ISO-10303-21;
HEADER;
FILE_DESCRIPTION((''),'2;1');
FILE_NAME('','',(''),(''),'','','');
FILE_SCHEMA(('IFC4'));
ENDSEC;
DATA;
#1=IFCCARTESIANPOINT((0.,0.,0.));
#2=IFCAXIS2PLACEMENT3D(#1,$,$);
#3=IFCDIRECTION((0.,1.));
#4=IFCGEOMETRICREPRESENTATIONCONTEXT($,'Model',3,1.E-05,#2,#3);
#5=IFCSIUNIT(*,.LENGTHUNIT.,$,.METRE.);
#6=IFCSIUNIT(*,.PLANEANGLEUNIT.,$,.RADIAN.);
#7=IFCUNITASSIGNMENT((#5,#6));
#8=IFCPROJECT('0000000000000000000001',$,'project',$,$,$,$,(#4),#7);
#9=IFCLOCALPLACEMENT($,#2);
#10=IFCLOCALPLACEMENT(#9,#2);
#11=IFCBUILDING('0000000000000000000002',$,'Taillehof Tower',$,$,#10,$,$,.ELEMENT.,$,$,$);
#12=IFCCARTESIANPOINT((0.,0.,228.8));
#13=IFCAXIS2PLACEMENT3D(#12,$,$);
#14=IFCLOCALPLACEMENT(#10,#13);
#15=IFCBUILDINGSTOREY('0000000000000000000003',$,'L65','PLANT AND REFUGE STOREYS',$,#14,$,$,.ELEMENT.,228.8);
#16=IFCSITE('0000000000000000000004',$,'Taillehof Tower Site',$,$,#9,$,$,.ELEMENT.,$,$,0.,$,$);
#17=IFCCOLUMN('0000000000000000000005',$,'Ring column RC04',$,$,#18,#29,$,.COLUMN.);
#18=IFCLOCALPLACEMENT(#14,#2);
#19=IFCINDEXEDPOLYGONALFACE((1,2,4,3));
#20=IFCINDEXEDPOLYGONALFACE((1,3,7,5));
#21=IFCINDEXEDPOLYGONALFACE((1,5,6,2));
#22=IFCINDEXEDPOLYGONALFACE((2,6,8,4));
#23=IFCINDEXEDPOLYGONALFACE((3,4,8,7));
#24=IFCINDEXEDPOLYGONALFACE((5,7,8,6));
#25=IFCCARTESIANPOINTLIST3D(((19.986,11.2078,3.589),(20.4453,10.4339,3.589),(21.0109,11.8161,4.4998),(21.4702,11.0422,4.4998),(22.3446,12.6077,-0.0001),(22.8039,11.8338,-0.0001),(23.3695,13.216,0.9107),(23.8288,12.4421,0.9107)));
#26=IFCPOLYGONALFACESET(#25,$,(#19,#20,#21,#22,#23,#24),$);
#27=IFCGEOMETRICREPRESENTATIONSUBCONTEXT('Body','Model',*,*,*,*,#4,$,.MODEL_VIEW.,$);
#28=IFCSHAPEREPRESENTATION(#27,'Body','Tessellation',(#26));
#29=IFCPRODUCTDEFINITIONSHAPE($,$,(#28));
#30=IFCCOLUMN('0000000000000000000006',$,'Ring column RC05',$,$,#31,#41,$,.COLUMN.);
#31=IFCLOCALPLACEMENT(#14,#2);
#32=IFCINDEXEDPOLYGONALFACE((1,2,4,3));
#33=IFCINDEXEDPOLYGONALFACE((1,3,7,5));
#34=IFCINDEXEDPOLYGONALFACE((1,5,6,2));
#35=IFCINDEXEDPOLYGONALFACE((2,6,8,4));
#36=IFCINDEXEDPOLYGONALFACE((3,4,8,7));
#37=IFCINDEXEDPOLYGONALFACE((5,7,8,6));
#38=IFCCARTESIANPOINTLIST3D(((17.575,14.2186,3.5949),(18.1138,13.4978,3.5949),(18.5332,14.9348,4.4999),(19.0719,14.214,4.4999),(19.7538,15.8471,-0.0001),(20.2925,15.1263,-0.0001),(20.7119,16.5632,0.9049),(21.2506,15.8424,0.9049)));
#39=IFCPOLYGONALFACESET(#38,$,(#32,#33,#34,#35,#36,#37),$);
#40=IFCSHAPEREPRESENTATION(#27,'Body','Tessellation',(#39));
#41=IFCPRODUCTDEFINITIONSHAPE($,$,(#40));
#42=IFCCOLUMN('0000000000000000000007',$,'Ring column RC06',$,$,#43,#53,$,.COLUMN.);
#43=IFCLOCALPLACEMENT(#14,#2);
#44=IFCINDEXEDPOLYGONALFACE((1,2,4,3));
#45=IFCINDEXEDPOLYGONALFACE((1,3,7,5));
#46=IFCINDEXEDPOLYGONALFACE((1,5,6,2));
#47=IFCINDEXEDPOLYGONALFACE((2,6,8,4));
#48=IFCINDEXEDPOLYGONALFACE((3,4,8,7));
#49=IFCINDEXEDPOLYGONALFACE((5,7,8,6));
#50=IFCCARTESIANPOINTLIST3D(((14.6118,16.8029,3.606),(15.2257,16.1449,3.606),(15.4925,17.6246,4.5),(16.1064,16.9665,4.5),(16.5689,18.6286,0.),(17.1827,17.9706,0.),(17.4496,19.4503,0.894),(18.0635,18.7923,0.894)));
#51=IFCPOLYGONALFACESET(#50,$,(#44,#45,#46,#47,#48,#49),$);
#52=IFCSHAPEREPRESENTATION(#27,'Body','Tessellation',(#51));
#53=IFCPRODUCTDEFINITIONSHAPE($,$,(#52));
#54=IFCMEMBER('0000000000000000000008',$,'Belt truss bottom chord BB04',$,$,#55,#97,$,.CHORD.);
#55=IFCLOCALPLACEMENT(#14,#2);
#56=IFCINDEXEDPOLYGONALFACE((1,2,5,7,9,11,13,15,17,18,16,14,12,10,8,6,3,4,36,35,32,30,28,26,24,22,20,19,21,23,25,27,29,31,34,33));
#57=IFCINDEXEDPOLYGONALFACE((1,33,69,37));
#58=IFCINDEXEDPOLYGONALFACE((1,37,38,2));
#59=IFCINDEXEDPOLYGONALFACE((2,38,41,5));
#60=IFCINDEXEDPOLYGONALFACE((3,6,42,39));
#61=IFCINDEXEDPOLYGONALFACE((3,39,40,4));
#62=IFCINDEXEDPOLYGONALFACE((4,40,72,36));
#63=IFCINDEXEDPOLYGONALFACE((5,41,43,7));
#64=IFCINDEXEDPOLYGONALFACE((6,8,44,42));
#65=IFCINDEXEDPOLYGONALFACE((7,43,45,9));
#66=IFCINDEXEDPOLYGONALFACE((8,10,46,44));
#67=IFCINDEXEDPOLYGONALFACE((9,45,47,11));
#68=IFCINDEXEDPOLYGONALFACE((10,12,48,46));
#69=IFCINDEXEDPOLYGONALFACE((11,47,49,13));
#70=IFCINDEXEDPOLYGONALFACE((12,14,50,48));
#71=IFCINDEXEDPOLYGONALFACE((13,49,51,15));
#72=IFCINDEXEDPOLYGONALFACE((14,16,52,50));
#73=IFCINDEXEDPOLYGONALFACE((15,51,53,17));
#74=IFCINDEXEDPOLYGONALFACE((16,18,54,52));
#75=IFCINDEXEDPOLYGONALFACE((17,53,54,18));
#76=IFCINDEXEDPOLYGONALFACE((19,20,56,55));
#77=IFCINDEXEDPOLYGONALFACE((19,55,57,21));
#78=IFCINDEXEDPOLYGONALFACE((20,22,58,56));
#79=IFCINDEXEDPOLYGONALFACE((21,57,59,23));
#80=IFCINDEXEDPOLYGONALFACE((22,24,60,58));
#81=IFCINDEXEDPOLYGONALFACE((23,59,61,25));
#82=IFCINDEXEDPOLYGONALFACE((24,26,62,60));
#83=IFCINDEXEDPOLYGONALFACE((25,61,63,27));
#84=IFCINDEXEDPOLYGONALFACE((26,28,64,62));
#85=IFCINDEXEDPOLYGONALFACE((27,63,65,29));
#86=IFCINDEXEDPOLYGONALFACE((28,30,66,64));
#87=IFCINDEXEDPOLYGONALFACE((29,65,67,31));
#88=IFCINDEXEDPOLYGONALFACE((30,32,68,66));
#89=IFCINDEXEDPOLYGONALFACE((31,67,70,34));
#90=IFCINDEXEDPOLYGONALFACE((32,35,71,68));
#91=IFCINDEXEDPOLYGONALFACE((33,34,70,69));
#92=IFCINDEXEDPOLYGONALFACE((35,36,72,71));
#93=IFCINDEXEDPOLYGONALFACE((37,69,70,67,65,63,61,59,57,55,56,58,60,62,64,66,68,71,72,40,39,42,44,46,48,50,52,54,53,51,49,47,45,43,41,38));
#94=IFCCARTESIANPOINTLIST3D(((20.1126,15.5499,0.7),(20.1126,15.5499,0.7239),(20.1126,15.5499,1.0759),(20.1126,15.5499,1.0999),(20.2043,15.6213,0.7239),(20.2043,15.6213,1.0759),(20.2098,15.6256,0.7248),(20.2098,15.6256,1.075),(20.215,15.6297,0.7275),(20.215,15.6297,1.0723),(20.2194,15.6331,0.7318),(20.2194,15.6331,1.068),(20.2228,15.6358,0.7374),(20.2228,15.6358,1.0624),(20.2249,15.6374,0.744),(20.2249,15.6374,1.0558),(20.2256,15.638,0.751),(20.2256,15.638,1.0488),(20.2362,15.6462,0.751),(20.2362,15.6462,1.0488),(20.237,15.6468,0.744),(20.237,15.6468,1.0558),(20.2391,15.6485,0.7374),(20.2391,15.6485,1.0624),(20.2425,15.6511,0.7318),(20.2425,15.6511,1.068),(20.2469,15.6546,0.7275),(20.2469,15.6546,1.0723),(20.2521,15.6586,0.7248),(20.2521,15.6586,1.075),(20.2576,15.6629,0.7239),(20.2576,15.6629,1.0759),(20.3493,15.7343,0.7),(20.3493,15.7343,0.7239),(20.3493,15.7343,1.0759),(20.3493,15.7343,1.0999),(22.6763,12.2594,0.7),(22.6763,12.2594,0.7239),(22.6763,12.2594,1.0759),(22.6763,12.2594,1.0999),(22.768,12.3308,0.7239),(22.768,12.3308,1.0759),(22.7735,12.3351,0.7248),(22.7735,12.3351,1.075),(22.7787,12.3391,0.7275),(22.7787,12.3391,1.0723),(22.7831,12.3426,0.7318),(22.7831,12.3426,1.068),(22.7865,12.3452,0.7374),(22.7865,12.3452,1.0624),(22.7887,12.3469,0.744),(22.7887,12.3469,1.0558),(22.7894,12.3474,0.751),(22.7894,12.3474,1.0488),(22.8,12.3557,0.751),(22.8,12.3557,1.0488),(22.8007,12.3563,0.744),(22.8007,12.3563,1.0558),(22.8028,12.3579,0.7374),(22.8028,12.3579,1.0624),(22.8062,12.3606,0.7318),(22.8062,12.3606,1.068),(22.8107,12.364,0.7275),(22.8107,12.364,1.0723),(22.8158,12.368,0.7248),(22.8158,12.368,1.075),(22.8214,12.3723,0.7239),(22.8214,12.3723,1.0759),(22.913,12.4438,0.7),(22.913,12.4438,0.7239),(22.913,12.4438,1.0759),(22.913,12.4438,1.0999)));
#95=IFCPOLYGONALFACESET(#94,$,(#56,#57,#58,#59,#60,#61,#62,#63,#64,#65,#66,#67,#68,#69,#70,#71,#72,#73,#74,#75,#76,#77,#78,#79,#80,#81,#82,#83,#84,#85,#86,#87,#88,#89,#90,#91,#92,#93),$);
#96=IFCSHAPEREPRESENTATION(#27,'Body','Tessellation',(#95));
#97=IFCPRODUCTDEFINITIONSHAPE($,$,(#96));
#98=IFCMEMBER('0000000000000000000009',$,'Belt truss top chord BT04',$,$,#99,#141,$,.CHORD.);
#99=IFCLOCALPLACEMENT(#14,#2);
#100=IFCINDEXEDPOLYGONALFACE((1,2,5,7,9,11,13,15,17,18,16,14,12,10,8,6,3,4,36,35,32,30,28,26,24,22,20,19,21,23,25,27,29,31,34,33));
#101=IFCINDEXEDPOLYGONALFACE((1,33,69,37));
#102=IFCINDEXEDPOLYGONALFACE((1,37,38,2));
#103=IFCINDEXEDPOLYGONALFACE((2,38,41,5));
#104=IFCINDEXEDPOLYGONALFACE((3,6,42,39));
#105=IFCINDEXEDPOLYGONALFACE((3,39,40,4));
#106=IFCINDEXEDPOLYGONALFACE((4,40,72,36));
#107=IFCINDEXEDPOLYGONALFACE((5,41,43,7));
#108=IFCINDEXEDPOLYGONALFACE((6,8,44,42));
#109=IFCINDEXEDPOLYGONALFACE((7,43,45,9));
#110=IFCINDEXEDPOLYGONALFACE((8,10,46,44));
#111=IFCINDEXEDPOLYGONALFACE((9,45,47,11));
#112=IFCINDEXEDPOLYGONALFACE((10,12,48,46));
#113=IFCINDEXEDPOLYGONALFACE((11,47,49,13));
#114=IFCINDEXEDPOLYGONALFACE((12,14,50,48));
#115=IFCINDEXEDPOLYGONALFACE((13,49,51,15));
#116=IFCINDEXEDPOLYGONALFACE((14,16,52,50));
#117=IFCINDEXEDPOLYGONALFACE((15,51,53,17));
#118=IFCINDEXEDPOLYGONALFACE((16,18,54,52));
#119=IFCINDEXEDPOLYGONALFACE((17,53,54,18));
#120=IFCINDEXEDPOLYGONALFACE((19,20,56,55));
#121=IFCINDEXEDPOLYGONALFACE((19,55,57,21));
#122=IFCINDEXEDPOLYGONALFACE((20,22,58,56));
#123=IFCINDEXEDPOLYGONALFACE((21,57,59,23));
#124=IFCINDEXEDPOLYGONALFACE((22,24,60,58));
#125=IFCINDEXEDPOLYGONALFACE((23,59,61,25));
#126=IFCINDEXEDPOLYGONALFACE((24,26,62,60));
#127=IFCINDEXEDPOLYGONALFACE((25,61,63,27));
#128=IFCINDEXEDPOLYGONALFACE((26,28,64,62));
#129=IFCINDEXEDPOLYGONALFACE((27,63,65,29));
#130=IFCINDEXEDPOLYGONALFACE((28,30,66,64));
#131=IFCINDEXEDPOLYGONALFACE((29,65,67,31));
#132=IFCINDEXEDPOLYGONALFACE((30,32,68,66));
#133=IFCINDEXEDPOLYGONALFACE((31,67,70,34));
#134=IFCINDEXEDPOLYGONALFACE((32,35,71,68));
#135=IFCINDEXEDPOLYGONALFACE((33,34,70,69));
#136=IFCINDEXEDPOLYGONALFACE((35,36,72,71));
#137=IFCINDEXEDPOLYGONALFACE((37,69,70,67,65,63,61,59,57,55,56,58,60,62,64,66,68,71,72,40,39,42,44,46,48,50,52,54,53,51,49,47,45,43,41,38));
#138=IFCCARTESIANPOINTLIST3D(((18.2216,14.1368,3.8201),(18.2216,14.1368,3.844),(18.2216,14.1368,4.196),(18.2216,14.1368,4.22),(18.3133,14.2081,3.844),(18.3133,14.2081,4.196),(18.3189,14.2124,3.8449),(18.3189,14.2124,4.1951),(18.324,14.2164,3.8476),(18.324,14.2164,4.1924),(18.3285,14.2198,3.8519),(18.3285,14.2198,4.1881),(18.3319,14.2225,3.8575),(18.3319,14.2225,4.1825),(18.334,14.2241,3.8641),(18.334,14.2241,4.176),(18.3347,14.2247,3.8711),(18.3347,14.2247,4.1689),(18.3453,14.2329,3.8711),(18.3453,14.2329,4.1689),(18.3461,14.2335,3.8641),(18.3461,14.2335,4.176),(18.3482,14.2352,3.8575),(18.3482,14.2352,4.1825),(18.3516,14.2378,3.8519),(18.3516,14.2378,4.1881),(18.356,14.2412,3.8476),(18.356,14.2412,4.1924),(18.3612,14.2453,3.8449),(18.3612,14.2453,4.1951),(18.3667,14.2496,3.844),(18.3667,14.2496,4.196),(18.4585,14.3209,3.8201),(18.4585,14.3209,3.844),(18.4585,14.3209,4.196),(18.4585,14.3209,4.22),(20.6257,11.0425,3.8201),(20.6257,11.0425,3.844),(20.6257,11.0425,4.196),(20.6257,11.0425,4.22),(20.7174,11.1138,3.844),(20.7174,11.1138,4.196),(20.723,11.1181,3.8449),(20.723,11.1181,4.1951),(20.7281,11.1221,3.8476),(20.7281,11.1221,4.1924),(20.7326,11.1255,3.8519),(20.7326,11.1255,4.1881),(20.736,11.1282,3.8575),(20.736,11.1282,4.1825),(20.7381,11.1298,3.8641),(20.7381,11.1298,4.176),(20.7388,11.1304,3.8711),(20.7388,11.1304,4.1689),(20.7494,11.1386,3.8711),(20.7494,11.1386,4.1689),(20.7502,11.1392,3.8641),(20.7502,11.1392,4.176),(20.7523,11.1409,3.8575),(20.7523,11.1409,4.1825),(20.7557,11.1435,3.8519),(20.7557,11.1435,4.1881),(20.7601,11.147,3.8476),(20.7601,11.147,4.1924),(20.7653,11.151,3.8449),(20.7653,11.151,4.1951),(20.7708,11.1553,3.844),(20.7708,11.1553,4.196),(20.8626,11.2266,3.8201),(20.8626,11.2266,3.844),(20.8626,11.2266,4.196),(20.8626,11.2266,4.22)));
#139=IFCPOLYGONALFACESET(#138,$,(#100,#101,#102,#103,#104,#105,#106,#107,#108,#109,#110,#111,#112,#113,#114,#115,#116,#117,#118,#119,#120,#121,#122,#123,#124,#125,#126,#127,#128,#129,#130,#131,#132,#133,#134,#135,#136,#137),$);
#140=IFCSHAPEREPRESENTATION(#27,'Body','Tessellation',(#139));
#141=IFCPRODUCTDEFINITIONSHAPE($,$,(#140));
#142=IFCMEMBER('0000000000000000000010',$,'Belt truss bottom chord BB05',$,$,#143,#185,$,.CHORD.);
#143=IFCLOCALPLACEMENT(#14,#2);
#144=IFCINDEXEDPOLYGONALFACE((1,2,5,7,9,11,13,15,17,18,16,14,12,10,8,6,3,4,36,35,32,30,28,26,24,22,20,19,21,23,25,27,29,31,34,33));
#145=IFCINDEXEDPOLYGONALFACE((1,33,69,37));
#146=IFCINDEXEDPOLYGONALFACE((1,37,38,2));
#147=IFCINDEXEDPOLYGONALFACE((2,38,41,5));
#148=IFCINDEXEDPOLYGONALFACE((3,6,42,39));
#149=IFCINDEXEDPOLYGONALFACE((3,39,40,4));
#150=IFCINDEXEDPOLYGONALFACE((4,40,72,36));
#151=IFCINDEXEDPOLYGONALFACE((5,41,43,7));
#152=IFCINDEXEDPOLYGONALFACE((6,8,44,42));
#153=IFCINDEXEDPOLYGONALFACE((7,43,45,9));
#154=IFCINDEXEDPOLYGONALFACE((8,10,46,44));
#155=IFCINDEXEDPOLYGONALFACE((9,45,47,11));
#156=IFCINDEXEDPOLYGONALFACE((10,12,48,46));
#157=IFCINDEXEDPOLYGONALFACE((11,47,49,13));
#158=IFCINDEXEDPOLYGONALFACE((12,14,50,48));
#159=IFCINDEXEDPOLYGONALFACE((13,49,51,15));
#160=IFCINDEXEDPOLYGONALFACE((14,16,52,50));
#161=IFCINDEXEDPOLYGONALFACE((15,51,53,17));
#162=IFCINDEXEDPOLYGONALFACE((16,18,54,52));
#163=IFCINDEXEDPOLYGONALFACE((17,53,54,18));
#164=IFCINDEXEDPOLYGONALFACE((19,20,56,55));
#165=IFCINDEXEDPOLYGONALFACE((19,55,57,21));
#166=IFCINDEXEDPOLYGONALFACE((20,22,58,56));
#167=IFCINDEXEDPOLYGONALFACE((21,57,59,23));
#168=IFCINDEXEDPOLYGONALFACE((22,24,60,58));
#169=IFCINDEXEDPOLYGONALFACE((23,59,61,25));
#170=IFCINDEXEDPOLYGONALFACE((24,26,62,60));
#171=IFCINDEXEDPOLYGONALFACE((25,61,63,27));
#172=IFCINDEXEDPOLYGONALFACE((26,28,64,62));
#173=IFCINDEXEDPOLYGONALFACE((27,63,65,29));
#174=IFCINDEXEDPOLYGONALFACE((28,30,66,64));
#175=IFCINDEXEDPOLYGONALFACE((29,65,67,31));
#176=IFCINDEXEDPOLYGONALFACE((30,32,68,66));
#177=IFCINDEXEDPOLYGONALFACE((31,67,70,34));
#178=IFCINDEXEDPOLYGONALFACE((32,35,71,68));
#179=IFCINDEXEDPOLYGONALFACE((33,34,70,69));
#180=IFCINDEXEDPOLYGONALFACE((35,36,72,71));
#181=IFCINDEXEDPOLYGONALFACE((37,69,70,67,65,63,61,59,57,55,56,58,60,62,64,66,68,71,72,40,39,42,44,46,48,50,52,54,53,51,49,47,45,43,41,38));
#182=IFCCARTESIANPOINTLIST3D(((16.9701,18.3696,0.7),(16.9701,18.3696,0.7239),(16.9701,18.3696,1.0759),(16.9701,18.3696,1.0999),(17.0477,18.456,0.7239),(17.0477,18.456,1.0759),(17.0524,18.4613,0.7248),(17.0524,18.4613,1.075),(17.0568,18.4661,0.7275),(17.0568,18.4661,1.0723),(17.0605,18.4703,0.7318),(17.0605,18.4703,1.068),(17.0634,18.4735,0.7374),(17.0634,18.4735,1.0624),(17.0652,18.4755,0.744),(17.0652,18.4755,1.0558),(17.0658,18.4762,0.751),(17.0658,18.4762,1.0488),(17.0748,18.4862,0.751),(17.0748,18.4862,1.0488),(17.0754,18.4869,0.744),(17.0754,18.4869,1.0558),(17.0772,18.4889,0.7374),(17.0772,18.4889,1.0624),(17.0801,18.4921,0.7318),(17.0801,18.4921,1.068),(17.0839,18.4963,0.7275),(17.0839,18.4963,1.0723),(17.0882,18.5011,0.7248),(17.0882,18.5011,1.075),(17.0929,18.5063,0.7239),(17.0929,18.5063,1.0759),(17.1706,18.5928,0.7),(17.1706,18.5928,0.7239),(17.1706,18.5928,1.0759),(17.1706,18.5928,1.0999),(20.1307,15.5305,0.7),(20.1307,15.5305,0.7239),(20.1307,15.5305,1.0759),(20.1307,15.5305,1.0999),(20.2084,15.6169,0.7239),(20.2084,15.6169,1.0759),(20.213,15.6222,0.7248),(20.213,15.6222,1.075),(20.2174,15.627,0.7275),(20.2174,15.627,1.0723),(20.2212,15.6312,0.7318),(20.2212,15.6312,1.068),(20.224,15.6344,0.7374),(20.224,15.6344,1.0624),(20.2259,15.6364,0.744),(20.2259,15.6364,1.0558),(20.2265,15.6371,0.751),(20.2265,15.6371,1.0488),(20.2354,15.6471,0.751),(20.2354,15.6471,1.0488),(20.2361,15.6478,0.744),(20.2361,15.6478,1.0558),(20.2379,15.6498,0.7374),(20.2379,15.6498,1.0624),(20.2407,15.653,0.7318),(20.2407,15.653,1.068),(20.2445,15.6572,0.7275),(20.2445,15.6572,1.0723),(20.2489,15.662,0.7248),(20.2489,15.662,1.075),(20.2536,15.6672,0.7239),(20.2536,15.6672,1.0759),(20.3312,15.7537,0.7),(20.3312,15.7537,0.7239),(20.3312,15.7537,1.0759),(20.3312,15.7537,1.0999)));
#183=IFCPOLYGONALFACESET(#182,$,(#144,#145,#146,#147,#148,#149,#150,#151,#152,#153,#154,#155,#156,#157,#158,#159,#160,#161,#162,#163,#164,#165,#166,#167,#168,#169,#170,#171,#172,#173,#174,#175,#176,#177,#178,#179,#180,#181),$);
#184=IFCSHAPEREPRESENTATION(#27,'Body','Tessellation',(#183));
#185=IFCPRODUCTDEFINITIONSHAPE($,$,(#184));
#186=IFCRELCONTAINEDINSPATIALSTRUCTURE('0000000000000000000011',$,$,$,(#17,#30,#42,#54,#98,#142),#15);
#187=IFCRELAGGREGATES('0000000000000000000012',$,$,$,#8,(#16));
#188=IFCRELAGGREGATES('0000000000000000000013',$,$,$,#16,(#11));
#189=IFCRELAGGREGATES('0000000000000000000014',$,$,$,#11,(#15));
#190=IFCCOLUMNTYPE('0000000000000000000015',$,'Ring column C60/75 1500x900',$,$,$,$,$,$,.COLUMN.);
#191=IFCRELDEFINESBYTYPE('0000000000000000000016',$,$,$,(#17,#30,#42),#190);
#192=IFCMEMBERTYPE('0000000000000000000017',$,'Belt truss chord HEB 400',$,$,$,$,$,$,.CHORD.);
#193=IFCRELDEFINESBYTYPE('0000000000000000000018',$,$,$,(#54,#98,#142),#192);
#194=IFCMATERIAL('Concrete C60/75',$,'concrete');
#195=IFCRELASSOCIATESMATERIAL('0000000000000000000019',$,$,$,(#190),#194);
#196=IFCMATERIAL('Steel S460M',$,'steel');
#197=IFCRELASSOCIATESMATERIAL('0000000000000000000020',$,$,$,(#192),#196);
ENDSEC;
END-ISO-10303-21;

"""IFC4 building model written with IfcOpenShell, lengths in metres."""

from ifc_helpers import new_model, si_unit, direction, frame, origin, origin_2d, place, context, subcontext, project, spatial, rectangle, i_section, extrude, material, material_profile, profile_set, type_object, element, save


model = new_model("IFC4")

# Units and contexts
model_context = context("Model", 3, precision=1e-05, world=origin(), true_north=direction((0.0, 1.0)))
body_context = subcontext(model_context, "Body", "Model", "MODEL_VIEW")
ifc_project = project(units=[si_unit("LENGTHUNIT", "METRE"), si_unit("PLANEANGLEUNIT", "RADIAN")], contexts=[model_context])

# Site, building, storey
site_placement = place(None, origin())
site = spatial("IfcSite", under=ifc_project, at=site_placement, Name="Taillehof Tower Site", CompositionType="ELEMENT", RefElevation=0.0)
building_placement = place(site_placement, origin())
building = spatial("IfcBuilding", under=site, at=building_placement, Name="Taillehof Tower", CompositionType="ELEMENT")
storey_placement = place(building_placement, frame((0.0, 0.0, 228.8)))
storey = spatial("IfcBuildingStorey", under=building, at=storey_placement, Name="L65", Description="PLANT AND REFUGE STOREYS", CompositionType="ELEMENT", Elevation=228.8)

# Columns
ifc_material_1 = material(Name="Concrete C60/75", Category="concrete")
ifc_material_profile_1 = material_profile(ifc_material_1, rectangle(XDim=1.5, YDim=0.8999, at=origin_2d()), Name="RC 1500x900")
ifc_profile_set_1 = profile_set([ifc_material_profile_1], Name="Concrete C60/75")
column_type = type_object("IfcColumnType", Name="Ring column C60/75 1500x900", PredefinedType="COLUMN", material=ifc_profile_set_1)
column_1_placement = place(storey_placement, frame((23.0867, 12.5249, 0.4553), z_axis=(-0.522153, -0.309908, 0.794552), x_axis=(0.683268, 0.405534, 0.607196)))
element("IfcColumn", 1, at=column_1_placement, inside=storey, type_object=column_type, Name="Ring column RC04", PredefinedType="COLUMN", context=body_context, shape_type="SweptSolid", body=[
    extrude(rectangle(XDim=1.5, YDim=0.8999, at=origin_2d()), origin(), (0.0, 0.0, 1.0), 4.5171),
])
column_2_placement = place(storey_placement, frame((20.5022, 15.8447, 0.4524), z_axis=(-0.483295, -0.361226, 0.797459), x_axis=(0.638757, 0.477421, 0.603373)))
element("IfcColumn", 2, at=column_2_placement, inside=storey, type_object=column_type, Name="Ring column RC05", PredefinedType="COLUMN", context=body_context, shape_type="SweptSolid", body=[
    extrude(rectangle(XDim=1.5, YDim=0.8999, at=origin_2d()), origin(), (0.0, 0.0, 1.0), 4.5081),
])
column_3_placement = place(storey_placement, frame((17.3162, 18.7104, 0.447), z_axis=(-0.4358, -0.406551, 0.802991), x_axis=(0.587162, 0.547754, 0.595992)))
element("IfcColumn", 3, at=column_3_placement, inside=storey, type_object=column_type, Name="Ring column RC06", PredefinedType="COLUMN", context=body_context, shape_type="SweptSolid", body=[
    extrude(rectangle(XDim=1.5, YDim=0.8999, at=origin_2d()), origin(), (0.0, 0.0, 1.0), 4.4907),
])

# Members
ifc_material_2 = material(Name="Steel S460M", Category="steel")
ifc_material_profile_2 = material_profile(ifc_material_2, i_section(OverallWidth=0.3, OverallDepth=0.3999, WebThickness=0.0134, FlangeThickness=0.0239, FilletRadius=0.0271, at=origin_2d()), Name="HEB 400")
ifc_profile_set_2 = profile_set([ifc_material_profile_2], Name="Steel S460M")
member_type_1 = type_object("IfcMemberType", Name="Belt truss chord HEB 400", PredefinedType="CHORD", material=ifc_profile_set_2)
member_1_placement = place(storey_placement, frame((22.7947, 12.3516, 0.8999), z_axis=(-0.614601, 0.788838, 0.0), x_axis=(-0.788838, -0.614601, 0.0)))
element("IfcMember", 4, at=member_1_placement, inside=storey, type_object=member_type_1, Name="Belt truss bottom chord BB04", PredefinedType="CHORD", context=body_context, shape_type="SweptSolid", body=[
    extrude(i_section(OverallWidth=0.3, OverallDepth=0.3999, WebThickness=0.0134, FlangeThickness=0.0239, FilletRadius=0.0271, at=origin_2d()), origin(), (0.0, 0.0, 1.0), 4.1714),
])
member_2_placement = place(storey_placement, frame((20.7441, 11.1345, 4.02), z_axis=(-0.613531, 0.789671, 0.0), x_axis=(-0.789671, -0.613531, 0.0)))
element("IfcMember", 5, at=member_2_placement, inside=storey, type_object=member_type_1, Name="Belt truss top chord BT04", PredefinedType="CHORD", context=body_context, shape_type="SweptSolid", body=[
    extrude(i_section(OverallWidth=0.3, OverallDepth=0.3999, WebThickness=0.0134, FlangeThickness=0.0239, FilletRadius=0.0271, at=origin_2d()), origin(), (0.0, 0.0, 1.0), 3.9185),
])
member_3_placement = place(storey_placement, frame((20.231, 15.6421, 0.8999), z_axis=(-0.743934, 0.668253, 0.0), x_axis=(-0.668253, -0.743934, 0.0)))
element("IfcMember", 6, at=member_3_placement, inside=storey, type_object=member_type_1, Name="Belt truss bottom chord BB05", PredefinedType="CHORD", context=body_context, shape_type="SweptSolid", body=[
    extrude(i_section(OverallWidth=0.3, OverallDepth=0.3999, WebThickness=0.0134, FlangeThickness=0.0239, FilletRadius=0.0271, at=origin_2d()), origin(), (0.0, 0.0, 1.0), 4.2485),
])

save(model, "model.ifc")
